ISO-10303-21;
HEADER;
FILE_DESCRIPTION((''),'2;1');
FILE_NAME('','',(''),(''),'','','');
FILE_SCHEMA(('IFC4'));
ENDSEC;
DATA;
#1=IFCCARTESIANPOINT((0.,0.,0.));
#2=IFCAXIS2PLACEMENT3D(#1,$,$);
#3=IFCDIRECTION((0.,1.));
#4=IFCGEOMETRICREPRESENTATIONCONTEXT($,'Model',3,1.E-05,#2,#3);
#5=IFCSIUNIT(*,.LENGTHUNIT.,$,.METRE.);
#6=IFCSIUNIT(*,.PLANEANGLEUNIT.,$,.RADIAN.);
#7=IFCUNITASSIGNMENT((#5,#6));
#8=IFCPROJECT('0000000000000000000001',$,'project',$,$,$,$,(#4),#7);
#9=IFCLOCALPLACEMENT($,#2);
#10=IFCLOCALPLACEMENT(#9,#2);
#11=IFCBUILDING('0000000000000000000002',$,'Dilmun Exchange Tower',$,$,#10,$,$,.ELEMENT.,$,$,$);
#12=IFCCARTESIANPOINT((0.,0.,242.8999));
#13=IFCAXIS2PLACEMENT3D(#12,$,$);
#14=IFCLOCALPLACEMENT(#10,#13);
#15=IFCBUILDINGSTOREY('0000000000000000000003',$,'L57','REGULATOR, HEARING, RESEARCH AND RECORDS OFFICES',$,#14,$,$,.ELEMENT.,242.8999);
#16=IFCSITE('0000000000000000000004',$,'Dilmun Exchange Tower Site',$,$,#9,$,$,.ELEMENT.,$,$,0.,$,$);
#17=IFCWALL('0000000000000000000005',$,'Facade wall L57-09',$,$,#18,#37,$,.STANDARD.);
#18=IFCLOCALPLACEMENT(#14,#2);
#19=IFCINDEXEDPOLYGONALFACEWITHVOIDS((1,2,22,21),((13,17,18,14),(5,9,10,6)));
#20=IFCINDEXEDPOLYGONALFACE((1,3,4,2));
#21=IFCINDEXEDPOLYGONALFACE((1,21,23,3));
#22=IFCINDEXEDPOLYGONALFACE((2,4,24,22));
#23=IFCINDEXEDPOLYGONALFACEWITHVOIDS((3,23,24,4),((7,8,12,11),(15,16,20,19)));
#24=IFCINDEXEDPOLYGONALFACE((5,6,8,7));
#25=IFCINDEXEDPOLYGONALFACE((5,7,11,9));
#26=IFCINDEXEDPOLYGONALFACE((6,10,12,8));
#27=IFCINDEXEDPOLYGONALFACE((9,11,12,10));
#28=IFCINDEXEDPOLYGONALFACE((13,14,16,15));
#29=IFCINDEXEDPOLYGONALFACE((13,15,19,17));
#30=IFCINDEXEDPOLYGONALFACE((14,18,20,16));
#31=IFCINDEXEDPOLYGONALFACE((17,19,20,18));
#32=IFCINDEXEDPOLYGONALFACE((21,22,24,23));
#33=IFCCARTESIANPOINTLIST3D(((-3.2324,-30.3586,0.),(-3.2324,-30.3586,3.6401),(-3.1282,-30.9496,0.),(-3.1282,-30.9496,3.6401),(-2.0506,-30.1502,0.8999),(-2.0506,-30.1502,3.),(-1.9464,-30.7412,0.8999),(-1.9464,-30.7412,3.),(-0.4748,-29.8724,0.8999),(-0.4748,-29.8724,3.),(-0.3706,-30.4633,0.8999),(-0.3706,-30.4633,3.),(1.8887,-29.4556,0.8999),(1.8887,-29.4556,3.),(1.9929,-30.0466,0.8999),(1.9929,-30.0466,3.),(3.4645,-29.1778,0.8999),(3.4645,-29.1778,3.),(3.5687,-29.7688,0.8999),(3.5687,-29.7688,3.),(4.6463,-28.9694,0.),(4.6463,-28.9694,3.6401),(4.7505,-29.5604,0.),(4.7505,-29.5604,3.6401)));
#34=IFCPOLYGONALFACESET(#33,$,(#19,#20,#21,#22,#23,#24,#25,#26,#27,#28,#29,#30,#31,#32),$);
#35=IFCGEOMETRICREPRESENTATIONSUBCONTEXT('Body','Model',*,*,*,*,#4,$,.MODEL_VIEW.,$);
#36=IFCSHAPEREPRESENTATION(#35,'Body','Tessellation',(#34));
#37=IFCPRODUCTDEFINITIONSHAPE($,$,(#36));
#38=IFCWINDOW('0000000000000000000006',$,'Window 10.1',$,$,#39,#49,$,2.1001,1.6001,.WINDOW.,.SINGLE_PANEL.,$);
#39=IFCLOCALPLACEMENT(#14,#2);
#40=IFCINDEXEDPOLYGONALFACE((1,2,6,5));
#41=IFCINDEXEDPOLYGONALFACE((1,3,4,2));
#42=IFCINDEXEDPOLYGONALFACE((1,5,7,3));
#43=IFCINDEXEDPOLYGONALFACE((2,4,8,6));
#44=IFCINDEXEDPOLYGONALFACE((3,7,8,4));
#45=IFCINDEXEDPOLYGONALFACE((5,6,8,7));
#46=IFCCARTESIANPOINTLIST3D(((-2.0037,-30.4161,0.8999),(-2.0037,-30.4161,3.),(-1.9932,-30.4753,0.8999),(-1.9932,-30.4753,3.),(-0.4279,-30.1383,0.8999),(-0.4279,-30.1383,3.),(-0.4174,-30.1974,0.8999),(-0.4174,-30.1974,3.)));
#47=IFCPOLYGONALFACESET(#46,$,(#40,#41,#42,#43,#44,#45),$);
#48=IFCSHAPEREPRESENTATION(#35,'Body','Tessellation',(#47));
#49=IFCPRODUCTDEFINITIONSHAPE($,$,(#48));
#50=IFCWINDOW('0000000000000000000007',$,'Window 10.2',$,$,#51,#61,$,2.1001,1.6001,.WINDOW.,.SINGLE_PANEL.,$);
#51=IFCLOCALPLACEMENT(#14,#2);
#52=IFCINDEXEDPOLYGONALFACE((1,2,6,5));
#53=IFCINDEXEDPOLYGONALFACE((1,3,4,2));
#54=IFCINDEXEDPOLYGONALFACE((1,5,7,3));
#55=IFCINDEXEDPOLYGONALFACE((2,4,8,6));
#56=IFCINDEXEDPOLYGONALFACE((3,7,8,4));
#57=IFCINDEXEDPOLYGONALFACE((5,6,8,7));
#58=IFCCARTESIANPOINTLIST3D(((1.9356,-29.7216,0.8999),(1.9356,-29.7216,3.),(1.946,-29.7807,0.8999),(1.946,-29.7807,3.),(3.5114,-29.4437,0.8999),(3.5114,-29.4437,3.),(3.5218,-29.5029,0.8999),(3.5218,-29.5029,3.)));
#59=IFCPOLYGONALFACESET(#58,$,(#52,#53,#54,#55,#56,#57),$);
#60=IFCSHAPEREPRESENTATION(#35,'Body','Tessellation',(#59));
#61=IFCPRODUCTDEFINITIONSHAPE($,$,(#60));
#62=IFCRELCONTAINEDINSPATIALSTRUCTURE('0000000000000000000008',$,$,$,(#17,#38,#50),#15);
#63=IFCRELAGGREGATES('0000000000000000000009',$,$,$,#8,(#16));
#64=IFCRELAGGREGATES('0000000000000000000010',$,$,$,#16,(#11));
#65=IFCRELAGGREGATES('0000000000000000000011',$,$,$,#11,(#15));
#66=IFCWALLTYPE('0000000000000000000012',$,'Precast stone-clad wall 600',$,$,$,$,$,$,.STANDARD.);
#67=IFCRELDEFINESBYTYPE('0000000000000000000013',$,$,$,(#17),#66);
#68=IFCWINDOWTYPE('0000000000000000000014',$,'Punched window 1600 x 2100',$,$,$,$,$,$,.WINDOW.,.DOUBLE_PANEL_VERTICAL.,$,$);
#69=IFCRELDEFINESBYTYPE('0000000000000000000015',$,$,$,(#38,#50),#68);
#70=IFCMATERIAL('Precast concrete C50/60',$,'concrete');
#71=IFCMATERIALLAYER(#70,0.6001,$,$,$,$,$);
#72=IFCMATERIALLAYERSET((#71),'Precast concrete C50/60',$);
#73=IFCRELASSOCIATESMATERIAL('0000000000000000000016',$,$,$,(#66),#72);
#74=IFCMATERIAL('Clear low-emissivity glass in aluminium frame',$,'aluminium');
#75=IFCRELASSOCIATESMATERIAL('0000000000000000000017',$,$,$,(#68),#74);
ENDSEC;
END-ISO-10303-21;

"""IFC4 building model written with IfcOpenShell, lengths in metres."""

from ifc_helpers import new_model, si_unit, direction, frame, frame_2d, origin, place, context, subcontext, project, spatial, rectangle, extrude, material, layer, layer_set, type_object, element, fill, save


model = new_model("IFC4")

# Units and contexts
model_context = context("Model", 3, precision=1e-05, world=origin(), true_north=direction((0.0, 1.0)))
body_context = subcontext(model_context, "Body", "Model", "MODEL_VIEW")
ifc_project = project(units=[si_unit("LENGTHUNIT", "METRE"), si_unit("PLANEANGLEUNIT", "RADIAN")], contexts=[model_context])

# Site, building, storey
site_placement = place(None, origin())
site = spatial("IfcSite", under=ifc_project, at=site_placement, Name="Dilmun Exchange Tower Site", CompositionType="ELEMENT", RefElevation=0.0)
building_placement = place(site_placement, origin())
building = spatial("IfcBuilding", under=site, at=building_placement, Name="Dilmun Exchange Tower", CompositionType="ELEMENT")
storey_placement = place(building_placement, frame((0.0, 0.0, 242.8999)))
storey = spatial("IfcBuildingStorey", under=building, at=storey_placement, Name="L57", Description="REGULATOR, HEARING, RESEARCH AND RECORDS OFFICES", CompositionType="ELEMENT", Elevation=242.8999)

# Shared definitions
ifc_material_1 = material(Name="Precast concrete C50/60", Category="concrete")
ifc_layer_1 = layer(ifc_material_1, 0.6001)
ifc_layer_set_1 = layer_set([ifc_layer_1], Name="Precast concrete C50/60")
wall_type_1 = type_object("IfcWallType", Name="Precast stone-clad wall 600", PredefinedType="STANDARD", material=ifc_layer_set_1)
ifc_material_2 = material(Name="Clear low-emissivity glass in aluminium frame", Category="aluminium")
window_type = type_object("IfcWindowType", Name="Punched window 1600 x 2100", PartitioningType="DOUBLE_PANEL_VERTICAL", PredefinedType="WINDOW", material=ifc_material_2)

# Wall, openings, windows
wall_1_placement = place(storey_placement, frame((-3.1802, -30.6541, 0.0), z_axis=(0.0, 0.0, 1.0), x_axis=(0.984809, 0.173641, 0.0)))
wall_1 = element("IfcWall", 1, at=wall_1_placement, inside=storey, type_object=wall_type_1, Name="Facade wall L57-09", PredefinedType="STANDARD", context=body_context, shape_type="SweptSolid", body=[
    extrude(rectangle(XDim=8.0002, YDim=0.6001, at=frame_2d((4.0, 0.0))), origin(), (0.0, 0.0, 1.0), 3.6401),
])
opening_1_placement = place(wall_1_placement, frame((1.2, 0.0, 0.8999)))
opening_1 = element("IfcOpeningElement", 2, at=opening_1_placement, cuts=wall_1, PredefinedType="OPENING", context=body_context, shape_type="SweptSolid", body=[
    extrude(rectangle(XDim=1.6001, YDim=2.1001, at=frame_2d((0.8, 1.05))), frame((0.0, 0.3101, 0.0), z_axis=(0.0, -1.0, 0.0), x_axis=(1.0, 0.0, 0.0)), (0.0, 0.0, 1.0), 0.6201),
])
opening_2_placement = place(wall_1_placement, frame((5.2, 0.0, 0.8999)))
opening_2 = element("IfcOpeningElement", 3, at=opening_2_placement, cuts=wall_1, PredefinedType="OPENING", context=body_context, shape_type="SweptSolid", body=[
    extrude(rectangle(XDim=1.6001, YDim=2.1001, at=frame_2d((0.8, 1.05))), frame((0.0, 0.3101, 0.0), z_axis=(0.0, -1.0, 0.0), x_axis=(1.0, 0.0, 0.0)), (0.0, 0.0, 1.0), 0.6201),
])
window_1_placement = place(opening_1_placement, origin())
window_1 = element("IfcWindow", 4, at=window_1_placement, inside=storey, type_object=window_type, Name="Window 10.1", OverallHeight=2.1001, OverallWidth=1.6001, PartitioningType="SINGLE_PANEL", PredefinedType="WINDOW", context=body_context, shape_type="SweptSolid", body=[
    extrude(rectangle(XDim=1.6001, YDim=2.1001, at=frame_2d((0.8, 1.05))), frame((0.0, 0.03, 0.0), z_axis=(0.0, -1.0, 0.0), x_axis=(1.0, 0.0, 0.0)), (0.0, 0.0, 1.0), 0.0601),
])
fill(opening_1, window_1)
window_2_placement = place(opening_2_placement, origin())
window_2 = element("IfcWindow", 5, at=window_2_placement, inside=storey, type_object=window_type, Name="Window 10.2", OverallHeight=2.1001, OverallWidth=1.6001, PartitioningType="SINGLE_PANEL", PredefinedType="WINDOW", context=body_context, shape_type="SweptSolid", body=[
    extrude(rectangle(XDim=1.6001, YDim=2.1001, at=frame_2d((0.8, 1.05))), frame((0.0, 0.03, 0.0), z_axis=(0.0, -1.0, 0.0), x_axis=(1.0, 0.0, 0.0)), (0.0, 0.0, 1.0), 0.0601),
])
fill(opening_2, window_2)

save(model, "model.ifc")
